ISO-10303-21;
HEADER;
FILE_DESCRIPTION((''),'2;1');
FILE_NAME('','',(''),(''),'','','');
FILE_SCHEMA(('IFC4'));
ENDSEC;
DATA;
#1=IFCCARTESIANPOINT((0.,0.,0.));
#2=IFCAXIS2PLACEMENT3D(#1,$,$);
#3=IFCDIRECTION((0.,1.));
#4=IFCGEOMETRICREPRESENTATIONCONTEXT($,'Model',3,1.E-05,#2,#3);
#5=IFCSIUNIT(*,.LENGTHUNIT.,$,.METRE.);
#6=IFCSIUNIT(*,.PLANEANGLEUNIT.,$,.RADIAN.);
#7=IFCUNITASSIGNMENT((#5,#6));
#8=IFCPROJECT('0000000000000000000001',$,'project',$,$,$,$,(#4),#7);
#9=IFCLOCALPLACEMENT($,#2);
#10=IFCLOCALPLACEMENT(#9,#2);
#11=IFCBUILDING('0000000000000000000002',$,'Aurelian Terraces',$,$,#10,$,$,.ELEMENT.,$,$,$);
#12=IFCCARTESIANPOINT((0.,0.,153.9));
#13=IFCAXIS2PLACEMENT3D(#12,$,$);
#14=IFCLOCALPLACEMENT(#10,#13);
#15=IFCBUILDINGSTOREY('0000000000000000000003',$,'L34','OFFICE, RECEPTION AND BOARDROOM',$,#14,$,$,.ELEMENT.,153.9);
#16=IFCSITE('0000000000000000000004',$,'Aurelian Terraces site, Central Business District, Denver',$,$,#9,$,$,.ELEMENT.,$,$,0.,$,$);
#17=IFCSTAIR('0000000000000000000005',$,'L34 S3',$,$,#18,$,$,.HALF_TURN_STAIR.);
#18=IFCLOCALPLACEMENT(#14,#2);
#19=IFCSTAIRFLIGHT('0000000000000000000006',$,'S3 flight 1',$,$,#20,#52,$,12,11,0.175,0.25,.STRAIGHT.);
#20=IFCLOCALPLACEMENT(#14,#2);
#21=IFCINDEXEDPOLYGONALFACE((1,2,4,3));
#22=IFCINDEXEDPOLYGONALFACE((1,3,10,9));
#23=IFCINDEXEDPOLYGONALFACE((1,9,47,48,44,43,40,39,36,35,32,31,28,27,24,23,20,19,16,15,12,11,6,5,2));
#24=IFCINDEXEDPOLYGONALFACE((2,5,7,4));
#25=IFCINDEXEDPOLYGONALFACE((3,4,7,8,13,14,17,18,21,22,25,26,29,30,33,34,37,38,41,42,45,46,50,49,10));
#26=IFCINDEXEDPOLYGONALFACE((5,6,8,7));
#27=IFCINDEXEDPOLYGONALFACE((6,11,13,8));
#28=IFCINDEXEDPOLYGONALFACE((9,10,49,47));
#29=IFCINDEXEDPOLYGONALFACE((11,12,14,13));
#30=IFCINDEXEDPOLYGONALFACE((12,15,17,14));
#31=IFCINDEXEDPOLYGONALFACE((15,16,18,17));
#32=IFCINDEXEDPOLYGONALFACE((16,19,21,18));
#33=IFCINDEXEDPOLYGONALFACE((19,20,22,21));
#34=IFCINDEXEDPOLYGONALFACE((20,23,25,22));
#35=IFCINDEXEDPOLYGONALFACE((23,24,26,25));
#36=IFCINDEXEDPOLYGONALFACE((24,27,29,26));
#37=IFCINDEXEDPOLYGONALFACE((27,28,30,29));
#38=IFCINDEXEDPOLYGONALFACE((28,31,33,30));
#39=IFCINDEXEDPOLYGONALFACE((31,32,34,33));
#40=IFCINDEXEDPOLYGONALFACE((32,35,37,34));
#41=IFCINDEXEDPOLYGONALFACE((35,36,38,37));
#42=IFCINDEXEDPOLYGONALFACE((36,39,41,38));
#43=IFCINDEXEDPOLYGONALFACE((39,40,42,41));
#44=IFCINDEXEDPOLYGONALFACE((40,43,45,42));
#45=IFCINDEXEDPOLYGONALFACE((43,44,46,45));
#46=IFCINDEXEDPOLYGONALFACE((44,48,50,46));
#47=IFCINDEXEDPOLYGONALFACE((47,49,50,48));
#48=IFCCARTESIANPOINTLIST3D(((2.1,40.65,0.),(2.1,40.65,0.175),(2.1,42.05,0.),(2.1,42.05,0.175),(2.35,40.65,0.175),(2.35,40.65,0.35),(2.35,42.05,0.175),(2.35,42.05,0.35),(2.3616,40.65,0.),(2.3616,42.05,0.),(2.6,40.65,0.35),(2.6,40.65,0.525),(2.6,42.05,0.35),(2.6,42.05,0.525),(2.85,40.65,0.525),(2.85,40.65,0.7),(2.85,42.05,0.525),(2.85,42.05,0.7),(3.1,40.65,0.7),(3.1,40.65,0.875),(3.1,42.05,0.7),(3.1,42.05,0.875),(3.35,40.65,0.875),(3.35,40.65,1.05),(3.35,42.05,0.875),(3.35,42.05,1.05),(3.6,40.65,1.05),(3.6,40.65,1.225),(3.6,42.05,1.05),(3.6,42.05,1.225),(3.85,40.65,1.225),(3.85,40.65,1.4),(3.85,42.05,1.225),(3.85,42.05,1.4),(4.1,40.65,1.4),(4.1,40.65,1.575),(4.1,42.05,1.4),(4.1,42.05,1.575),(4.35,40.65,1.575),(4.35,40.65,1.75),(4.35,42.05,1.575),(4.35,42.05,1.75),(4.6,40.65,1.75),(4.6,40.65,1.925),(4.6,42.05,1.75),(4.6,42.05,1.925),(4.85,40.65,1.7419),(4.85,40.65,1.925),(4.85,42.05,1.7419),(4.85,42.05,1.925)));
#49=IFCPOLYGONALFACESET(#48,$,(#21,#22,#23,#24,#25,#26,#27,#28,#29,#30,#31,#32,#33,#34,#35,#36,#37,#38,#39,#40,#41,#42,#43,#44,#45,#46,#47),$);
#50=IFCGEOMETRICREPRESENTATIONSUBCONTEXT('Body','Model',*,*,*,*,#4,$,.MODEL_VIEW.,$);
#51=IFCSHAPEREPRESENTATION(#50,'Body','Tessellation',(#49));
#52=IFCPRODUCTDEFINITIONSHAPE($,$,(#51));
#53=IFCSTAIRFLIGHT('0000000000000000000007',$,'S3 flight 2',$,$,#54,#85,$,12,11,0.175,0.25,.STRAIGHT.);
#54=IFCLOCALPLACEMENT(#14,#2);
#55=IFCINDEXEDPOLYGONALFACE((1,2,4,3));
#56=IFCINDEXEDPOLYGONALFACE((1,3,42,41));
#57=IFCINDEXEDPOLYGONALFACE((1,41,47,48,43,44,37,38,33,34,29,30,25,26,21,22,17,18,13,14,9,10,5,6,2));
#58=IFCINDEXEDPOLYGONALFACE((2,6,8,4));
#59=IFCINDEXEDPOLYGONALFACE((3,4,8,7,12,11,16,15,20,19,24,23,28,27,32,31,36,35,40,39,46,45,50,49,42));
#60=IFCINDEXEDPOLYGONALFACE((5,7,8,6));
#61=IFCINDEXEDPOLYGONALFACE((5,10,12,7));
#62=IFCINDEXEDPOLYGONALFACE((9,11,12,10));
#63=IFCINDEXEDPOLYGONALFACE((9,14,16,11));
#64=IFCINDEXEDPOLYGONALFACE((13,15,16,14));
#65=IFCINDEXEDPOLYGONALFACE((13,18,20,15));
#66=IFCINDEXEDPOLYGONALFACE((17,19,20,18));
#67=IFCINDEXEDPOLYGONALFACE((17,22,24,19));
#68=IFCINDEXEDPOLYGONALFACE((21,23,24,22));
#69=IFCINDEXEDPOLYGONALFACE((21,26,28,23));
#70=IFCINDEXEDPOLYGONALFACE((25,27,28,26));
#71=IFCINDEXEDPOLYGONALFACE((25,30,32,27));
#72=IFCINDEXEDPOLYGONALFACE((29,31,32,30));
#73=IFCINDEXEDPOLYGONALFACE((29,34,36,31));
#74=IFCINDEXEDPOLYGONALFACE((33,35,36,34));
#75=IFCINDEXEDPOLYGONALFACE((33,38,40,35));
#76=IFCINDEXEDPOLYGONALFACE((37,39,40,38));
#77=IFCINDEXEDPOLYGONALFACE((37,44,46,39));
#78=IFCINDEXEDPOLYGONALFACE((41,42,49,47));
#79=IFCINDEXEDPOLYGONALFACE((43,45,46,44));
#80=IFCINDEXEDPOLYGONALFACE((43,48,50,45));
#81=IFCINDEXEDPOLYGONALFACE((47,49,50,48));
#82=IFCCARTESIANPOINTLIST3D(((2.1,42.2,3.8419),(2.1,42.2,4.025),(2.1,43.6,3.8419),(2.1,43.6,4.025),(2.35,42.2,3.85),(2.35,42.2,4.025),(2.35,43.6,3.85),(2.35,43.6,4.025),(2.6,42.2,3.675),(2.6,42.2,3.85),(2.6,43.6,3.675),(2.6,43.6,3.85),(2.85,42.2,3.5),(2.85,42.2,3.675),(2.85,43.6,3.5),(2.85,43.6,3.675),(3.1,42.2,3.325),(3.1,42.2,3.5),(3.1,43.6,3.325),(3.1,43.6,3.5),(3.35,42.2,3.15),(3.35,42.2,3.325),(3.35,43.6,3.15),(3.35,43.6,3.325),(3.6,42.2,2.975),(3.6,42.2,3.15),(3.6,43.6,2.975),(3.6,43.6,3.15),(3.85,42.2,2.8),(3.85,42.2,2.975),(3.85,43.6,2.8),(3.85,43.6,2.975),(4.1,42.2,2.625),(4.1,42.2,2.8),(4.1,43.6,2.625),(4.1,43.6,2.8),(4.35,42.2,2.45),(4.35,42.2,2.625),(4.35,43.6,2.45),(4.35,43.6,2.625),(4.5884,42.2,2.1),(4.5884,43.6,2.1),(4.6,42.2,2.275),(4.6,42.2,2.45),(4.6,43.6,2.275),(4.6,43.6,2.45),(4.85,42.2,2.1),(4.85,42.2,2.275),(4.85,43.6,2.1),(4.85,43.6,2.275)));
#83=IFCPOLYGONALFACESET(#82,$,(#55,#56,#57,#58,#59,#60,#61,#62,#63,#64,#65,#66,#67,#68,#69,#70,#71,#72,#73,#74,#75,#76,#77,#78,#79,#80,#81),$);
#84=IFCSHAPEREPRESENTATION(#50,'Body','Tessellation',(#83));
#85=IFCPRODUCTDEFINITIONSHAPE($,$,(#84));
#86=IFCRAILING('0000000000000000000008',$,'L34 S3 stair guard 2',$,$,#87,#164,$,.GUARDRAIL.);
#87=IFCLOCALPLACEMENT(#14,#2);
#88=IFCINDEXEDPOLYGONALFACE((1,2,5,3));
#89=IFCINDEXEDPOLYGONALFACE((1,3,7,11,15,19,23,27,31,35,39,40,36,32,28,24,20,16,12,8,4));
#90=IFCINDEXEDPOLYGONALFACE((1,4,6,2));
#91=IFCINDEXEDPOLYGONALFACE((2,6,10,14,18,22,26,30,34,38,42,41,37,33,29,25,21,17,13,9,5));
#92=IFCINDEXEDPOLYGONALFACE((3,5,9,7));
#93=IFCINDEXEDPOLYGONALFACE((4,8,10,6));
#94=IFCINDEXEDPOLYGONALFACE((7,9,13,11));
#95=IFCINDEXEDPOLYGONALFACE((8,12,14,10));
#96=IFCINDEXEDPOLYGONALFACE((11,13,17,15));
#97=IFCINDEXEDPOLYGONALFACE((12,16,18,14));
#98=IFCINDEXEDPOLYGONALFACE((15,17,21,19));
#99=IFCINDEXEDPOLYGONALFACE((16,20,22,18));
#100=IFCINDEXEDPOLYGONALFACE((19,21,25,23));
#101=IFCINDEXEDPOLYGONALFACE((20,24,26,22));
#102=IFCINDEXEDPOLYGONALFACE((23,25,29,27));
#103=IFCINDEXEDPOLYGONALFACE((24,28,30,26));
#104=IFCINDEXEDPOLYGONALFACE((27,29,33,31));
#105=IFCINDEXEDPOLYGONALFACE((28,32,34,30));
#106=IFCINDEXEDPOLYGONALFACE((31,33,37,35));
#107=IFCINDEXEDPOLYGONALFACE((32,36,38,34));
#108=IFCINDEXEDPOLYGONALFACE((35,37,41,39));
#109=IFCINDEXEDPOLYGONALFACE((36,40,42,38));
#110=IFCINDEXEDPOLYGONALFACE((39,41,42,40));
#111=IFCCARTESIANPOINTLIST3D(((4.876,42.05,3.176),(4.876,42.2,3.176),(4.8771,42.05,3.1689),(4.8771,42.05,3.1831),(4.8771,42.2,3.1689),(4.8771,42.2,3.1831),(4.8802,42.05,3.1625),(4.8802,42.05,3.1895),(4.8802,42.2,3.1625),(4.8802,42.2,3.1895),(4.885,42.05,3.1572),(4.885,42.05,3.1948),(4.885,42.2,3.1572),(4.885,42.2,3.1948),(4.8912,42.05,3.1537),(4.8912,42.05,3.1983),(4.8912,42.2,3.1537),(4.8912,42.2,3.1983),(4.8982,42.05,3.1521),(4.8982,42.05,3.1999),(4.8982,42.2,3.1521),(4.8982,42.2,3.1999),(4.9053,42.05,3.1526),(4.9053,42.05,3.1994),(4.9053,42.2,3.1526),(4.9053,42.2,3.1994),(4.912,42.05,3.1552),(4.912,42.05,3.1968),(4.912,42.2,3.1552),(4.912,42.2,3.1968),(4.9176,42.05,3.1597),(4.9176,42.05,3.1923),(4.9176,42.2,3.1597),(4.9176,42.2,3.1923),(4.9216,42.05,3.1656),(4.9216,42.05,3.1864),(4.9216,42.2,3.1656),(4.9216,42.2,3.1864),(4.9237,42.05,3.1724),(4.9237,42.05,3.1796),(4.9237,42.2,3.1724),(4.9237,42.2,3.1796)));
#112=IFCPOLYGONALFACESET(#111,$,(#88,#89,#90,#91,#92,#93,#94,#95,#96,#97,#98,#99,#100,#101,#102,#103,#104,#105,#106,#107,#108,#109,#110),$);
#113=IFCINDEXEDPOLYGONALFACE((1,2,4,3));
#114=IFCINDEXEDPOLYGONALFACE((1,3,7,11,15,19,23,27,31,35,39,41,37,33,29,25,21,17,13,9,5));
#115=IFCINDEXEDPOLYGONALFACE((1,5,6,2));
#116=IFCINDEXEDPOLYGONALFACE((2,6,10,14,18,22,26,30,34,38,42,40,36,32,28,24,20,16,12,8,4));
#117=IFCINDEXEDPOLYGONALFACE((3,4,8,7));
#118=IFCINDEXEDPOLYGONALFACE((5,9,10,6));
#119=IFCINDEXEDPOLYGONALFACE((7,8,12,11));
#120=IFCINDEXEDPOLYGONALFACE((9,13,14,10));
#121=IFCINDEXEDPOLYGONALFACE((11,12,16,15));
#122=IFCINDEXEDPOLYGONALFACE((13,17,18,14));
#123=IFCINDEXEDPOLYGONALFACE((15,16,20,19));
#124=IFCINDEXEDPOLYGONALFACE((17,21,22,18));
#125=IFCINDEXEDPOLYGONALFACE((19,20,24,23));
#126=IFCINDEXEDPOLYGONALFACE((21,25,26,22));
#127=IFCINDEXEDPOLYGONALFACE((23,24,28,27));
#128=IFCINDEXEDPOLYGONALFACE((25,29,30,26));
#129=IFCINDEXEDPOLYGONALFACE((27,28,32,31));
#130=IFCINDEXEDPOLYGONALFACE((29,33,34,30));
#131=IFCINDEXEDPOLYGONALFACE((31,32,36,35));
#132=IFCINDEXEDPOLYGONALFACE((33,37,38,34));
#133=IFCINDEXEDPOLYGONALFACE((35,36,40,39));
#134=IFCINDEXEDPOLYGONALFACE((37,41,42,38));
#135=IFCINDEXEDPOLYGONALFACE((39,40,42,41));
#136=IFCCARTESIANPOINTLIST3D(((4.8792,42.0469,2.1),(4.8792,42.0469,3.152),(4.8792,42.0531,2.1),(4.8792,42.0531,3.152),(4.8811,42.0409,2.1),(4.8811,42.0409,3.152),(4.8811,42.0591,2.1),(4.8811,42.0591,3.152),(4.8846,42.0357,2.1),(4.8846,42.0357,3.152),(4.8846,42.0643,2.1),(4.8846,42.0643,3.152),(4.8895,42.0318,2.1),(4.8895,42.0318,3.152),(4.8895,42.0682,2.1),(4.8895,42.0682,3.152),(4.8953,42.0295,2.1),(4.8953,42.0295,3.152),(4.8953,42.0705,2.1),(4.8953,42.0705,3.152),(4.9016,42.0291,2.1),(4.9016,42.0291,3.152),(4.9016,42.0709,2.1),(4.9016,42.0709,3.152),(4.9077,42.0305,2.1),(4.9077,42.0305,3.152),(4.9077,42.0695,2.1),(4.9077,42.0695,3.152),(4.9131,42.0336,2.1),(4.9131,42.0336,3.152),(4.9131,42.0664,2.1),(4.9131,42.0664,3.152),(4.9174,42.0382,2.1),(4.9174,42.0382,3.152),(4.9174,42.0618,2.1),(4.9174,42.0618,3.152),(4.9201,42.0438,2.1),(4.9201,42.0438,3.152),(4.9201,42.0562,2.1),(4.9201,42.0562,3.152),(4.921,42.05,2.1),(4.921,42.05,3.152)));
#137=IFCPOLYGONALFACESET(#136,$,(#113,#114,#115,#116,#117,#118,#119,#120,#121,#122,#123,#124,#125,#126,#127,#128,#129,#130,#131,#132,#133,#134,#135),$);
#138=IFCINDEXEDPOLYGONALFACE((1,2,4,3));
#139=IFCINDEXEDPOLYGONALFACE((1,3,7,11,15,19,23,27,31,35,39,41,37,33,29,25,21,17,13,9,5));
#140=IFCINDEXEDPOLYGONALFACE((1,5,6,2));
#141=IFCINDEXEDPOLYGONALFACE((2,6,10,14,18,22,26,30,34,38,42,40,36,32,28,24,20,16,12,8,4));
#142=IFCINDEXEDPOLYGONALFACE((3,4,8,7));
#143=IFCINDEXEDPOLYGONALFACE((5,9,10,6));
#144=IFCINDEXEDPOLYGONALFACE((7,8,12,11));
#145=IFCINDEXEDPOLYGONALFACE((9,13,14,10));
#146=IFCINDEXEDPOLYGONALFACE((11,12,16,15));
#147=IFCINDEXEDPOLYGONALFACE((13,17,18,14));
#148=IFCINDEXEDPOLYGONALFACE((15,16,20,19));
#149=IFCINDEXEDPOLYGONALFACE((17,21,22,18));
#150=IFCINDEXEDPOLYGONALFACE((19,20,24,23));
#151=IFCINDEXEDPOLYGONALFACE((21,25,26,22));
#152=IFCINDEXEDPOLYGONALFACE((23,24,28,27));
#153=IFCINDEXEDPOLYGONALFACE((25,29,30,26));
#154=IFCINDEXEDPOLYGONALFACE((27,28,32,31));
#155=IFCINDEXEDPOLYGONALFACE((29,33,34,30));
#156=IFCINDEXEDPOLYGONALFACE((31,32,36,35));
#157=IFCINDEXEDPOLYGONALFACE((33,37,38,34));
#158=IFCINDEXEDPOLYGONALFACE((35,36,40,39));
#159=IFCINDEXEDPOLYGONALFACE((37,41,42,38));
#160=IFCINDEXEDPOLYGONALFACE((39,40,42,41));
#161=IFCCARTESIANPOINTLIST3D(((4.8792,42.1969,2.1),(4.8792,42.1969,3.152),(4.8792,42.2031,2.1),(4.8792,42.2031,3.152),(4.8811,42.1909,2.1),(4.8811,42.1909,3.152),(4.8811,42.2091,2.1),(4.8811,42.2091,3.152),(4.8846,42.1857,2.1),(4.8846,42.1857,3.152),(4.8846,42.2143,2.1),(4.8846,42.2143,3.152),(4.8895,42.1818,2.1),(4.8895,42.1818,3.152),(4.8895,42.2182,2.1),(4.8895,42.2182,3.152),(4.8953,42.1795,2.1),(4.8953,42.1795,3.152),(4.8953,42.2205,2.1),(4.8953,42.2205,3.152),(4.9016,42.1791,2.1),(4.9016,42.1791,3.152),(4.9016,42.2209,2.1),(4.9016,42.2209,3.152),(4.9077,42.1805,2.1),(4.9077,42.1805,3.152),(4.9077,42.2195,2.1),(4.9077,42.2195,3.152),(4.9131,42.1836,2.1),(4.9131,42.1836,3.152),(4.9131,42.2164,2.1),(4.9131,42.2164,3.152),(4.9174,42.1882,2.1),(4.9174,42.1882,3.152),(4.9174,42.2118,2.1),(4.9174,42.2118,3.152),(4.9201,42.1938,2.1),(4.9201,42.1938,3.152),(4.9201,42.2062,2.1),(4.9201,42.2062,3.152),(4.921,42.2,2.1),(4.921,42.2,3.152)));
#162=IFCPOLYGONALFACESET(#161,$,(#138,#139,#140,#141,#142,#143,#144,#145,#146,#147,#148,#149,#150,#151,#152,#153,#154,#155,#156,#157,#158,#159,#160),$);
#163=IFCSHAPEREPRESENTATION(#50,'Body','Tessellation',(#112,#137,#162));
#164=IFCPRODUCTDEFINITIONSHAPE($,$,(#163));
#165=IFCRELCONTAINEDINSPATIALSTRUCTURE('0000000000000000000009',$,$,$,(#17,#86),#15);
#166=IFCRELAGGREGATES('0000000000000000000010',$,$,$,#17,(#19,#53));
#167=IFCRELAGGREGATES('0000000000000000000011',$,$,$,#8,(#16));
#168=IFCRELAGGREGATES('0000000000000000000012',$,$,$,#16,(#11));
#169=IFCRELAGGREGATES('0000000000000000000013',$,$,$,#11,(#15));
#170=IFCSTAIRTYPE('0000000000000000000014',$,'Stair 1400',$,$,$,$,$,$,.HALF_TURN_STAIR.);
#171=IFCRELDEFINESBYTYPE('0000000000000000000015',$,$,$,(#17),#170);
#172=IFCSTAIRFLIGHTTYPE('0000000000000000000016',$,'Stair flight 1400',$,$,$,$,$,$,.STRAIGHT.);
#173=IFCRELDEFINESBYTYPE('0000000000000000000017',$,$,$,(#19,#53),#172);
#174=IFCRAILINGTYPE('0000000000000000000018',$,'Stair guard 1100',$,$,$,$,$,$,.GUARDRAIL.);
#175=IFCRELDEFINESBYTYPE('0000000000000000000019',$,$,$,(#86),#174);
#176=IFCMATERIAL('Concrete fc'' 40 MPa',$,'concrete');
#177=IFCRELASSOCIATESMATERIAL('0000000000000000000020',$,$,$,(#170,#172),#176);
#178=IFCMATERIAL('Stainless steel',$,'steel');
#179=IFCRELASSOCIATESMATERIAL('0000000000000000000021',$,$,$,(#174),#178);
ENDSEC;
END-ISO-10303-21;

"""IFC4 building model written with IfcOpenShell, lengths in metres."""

from ifc_helpers import new_model, si_unit, direction, frame, origin, origin_2d, place, context, subcontext, project, spatial, polyline, circle, outline, extrude, source, transform, mapped, material, type_object, element, aggregate, save


model = new_model("IFC4")

# Units and contexts
model_context = context("Model", 3, precision=1e-05, world=origin(), true_north=direction((0.0, 1.0)))
body_context = subcontext(model_context, "Body", "Model", "MODEL_VIEW")
ifc_project = project(units=[si_unit("LENGTHUNIT", "METRE"), si_unit("PLANEANGLEUNIT", "RADIAN")], contexts=[model_context])

# Site, building, storey
site_placement = place(None, origin())
site = spatial("IfcSite", under=ifc_project, at=site_placement, Name="Aurelian Terraces site, Central Business District, Denver", CompositionType="ELEMENT", RefElevation=0.0)
building_placement = place(site_placement, origin())
building = spatial("IfcBuilding", under=site, at=building_placement, Name="Aurelian Terraces", CompositionType="ELEMENT")
storey_placement = place(building_placement, frame((0.0, 0.0, 153.9)))
storey = spatial("IfcBuildingStorey", under=building, at=storey_placement, Name="L34", Description="OFFICE, RECEPTION AND BOARDROOM", CompositionType="ELEMENT", Elevation=153.9)

# Shared definitions
ifc_material_1 = material(Name="Concrete fc' 40 MPa", Category="concrete")

# Stair, stair flights
stair_type = type_object("IfcStairType", Name="Stair 1400", PredefinedType="HALF_TURN_STAIR", material=ifc_material_1)
stair_placement = place(storey_placement, origin())
stair = element("IfcStair", 1, at=stair_placement, inside=storey, type_object=stair_type, Name="L34 S3", PredefinedType="HALF_TURN_STAIR")
stair_flight_type = type_object("IfcStairFlightType", Name="Stair flight 1400", PredefinedType="STRAIGHT", material=ifc_material_1)
shared_shape_1 = source(origin(), body_context, "Body", "SweptSolid", [
    extrude(outline(polyline([(0.0, 0.0), (0.0, 0.175), (0.25, 0.175), (0.25, 0.35), (0.5, 0.35), (0.5, 0.525), (0.75, 0.525), (0.75, 0.7), (1.0, 0.7), (1.0, 0.875), (1.25, 0.875), (1.25, 1.05), (1.5, 1.05), (1.5, 1.225), (1.75, 1.225), (1.75, 1.4), (2.0, 1.4), (2.0, 1.575), (2.25, 1.575), (2.25, 1.75), (2.5, 1.75), (2.5, 1.925), (2.75, 1.925), (2.75, 2.1), (2.75, 1.7419), (0.2616, 0.0), (0.0, 0.0)])), frame((0.0, 0.7, 0.0), z_axis=(0.0, -1.0, 0.0), x_axis=(1.0, 0.0, 0.0)), (0.0, 0.0, 1.0), 1.4),
])
stair_flight_1_placement = place(storey_placement, frame((2.1, 41.35, 0.0), z_axis=(0.0, 0.0, 1.0), x_axis=(1.0, 0.0, 0.0)))
stair_flight_1 = element("IfcStairFlight", 2, at=stair_flight_1_placement, type_object=stair_flight_type, Name="S3 flight 1", NumberOfRisers=12, NumberOfTreads=11, PredefinedType="STRAIGHT", RiserHeight=0.175, TreadLength=0.25, context=body_context, shape_type="MappedRepresentation", body=[
    mapped(shared_shape_1, transform((0.0, 0.0, 0.0), scale=1.0)),
])
stair_flight_2_placement = place(storey_placement, frame((4.85, 42.9, 2.1), z_axis=(0.0, 0.0, 1.0), x_axis=(-1.0, 0.0, 0.0)))
stair_flight_2 = element("IfcStairFlight", 3, at=stair_flight_2_placement, type_object=stair_flight_type, Name="S3 flight 2", NumberOfRisers=12, NumberOfTreads=11, PredefinedType="STRAIGHT", RiserHeight=0.175, TreadLength=0.25, context=body_context, shape_type="MappedRepresentation", body=[
    mapped(shared_shape_1, transform((0.0, 0.0, 0.0), scale=1.0)),
])
aggregate(stair, [stair_flight_1, stair_flight_2])

# Railing
ifc_material_2 = material(Name="Stainless steel", Category="steel")
railing_type_1 = type_object("IfcRailingType", Name="Stair guard 1100", PredefinedType="GUARDRAIL", material=ifc_material_2)
shared_shape_2 = source(origin(), body_context, "Body", "SweptSolid", [
    extrude(circle(Radius=0.024, at=origin_2d()), frame((0.0, 0.0, 1.076), z_axis=(0.0, 1.0, 0.0), x_axis=(-1.0, 0.0, 0.0)), (0.0, 0.0, 1.0), 0.15),
    extrude(circle(Radius=0.021, at=origin_2d()), origin(), (0.0, 0.0, 1.0), 1.052),
    extrude(circle(Radius=0.021, at=origin_2d()), frame((0.0, 0.15, 0.0)), (0.0, 0.0, 1.0), 1.052),
])
for number, where, name in (
    (4, (4.9, 42.05, 2.1), "L34 S3 stair guard 2"),
):
    element("IfcRailing", number, at=place(storey_placement, frame(where)), inside=storey, type_object=railing_type_1, Name=name, PredefinedType="GUARDRAIL", context=body_context, shape_type="MappedRepresentation", body=[
        mapped(shared_shape_2, transform((0.0, 0.0, 0.0), scale=1.0)),
    ])

save(model, "model.ifc")
